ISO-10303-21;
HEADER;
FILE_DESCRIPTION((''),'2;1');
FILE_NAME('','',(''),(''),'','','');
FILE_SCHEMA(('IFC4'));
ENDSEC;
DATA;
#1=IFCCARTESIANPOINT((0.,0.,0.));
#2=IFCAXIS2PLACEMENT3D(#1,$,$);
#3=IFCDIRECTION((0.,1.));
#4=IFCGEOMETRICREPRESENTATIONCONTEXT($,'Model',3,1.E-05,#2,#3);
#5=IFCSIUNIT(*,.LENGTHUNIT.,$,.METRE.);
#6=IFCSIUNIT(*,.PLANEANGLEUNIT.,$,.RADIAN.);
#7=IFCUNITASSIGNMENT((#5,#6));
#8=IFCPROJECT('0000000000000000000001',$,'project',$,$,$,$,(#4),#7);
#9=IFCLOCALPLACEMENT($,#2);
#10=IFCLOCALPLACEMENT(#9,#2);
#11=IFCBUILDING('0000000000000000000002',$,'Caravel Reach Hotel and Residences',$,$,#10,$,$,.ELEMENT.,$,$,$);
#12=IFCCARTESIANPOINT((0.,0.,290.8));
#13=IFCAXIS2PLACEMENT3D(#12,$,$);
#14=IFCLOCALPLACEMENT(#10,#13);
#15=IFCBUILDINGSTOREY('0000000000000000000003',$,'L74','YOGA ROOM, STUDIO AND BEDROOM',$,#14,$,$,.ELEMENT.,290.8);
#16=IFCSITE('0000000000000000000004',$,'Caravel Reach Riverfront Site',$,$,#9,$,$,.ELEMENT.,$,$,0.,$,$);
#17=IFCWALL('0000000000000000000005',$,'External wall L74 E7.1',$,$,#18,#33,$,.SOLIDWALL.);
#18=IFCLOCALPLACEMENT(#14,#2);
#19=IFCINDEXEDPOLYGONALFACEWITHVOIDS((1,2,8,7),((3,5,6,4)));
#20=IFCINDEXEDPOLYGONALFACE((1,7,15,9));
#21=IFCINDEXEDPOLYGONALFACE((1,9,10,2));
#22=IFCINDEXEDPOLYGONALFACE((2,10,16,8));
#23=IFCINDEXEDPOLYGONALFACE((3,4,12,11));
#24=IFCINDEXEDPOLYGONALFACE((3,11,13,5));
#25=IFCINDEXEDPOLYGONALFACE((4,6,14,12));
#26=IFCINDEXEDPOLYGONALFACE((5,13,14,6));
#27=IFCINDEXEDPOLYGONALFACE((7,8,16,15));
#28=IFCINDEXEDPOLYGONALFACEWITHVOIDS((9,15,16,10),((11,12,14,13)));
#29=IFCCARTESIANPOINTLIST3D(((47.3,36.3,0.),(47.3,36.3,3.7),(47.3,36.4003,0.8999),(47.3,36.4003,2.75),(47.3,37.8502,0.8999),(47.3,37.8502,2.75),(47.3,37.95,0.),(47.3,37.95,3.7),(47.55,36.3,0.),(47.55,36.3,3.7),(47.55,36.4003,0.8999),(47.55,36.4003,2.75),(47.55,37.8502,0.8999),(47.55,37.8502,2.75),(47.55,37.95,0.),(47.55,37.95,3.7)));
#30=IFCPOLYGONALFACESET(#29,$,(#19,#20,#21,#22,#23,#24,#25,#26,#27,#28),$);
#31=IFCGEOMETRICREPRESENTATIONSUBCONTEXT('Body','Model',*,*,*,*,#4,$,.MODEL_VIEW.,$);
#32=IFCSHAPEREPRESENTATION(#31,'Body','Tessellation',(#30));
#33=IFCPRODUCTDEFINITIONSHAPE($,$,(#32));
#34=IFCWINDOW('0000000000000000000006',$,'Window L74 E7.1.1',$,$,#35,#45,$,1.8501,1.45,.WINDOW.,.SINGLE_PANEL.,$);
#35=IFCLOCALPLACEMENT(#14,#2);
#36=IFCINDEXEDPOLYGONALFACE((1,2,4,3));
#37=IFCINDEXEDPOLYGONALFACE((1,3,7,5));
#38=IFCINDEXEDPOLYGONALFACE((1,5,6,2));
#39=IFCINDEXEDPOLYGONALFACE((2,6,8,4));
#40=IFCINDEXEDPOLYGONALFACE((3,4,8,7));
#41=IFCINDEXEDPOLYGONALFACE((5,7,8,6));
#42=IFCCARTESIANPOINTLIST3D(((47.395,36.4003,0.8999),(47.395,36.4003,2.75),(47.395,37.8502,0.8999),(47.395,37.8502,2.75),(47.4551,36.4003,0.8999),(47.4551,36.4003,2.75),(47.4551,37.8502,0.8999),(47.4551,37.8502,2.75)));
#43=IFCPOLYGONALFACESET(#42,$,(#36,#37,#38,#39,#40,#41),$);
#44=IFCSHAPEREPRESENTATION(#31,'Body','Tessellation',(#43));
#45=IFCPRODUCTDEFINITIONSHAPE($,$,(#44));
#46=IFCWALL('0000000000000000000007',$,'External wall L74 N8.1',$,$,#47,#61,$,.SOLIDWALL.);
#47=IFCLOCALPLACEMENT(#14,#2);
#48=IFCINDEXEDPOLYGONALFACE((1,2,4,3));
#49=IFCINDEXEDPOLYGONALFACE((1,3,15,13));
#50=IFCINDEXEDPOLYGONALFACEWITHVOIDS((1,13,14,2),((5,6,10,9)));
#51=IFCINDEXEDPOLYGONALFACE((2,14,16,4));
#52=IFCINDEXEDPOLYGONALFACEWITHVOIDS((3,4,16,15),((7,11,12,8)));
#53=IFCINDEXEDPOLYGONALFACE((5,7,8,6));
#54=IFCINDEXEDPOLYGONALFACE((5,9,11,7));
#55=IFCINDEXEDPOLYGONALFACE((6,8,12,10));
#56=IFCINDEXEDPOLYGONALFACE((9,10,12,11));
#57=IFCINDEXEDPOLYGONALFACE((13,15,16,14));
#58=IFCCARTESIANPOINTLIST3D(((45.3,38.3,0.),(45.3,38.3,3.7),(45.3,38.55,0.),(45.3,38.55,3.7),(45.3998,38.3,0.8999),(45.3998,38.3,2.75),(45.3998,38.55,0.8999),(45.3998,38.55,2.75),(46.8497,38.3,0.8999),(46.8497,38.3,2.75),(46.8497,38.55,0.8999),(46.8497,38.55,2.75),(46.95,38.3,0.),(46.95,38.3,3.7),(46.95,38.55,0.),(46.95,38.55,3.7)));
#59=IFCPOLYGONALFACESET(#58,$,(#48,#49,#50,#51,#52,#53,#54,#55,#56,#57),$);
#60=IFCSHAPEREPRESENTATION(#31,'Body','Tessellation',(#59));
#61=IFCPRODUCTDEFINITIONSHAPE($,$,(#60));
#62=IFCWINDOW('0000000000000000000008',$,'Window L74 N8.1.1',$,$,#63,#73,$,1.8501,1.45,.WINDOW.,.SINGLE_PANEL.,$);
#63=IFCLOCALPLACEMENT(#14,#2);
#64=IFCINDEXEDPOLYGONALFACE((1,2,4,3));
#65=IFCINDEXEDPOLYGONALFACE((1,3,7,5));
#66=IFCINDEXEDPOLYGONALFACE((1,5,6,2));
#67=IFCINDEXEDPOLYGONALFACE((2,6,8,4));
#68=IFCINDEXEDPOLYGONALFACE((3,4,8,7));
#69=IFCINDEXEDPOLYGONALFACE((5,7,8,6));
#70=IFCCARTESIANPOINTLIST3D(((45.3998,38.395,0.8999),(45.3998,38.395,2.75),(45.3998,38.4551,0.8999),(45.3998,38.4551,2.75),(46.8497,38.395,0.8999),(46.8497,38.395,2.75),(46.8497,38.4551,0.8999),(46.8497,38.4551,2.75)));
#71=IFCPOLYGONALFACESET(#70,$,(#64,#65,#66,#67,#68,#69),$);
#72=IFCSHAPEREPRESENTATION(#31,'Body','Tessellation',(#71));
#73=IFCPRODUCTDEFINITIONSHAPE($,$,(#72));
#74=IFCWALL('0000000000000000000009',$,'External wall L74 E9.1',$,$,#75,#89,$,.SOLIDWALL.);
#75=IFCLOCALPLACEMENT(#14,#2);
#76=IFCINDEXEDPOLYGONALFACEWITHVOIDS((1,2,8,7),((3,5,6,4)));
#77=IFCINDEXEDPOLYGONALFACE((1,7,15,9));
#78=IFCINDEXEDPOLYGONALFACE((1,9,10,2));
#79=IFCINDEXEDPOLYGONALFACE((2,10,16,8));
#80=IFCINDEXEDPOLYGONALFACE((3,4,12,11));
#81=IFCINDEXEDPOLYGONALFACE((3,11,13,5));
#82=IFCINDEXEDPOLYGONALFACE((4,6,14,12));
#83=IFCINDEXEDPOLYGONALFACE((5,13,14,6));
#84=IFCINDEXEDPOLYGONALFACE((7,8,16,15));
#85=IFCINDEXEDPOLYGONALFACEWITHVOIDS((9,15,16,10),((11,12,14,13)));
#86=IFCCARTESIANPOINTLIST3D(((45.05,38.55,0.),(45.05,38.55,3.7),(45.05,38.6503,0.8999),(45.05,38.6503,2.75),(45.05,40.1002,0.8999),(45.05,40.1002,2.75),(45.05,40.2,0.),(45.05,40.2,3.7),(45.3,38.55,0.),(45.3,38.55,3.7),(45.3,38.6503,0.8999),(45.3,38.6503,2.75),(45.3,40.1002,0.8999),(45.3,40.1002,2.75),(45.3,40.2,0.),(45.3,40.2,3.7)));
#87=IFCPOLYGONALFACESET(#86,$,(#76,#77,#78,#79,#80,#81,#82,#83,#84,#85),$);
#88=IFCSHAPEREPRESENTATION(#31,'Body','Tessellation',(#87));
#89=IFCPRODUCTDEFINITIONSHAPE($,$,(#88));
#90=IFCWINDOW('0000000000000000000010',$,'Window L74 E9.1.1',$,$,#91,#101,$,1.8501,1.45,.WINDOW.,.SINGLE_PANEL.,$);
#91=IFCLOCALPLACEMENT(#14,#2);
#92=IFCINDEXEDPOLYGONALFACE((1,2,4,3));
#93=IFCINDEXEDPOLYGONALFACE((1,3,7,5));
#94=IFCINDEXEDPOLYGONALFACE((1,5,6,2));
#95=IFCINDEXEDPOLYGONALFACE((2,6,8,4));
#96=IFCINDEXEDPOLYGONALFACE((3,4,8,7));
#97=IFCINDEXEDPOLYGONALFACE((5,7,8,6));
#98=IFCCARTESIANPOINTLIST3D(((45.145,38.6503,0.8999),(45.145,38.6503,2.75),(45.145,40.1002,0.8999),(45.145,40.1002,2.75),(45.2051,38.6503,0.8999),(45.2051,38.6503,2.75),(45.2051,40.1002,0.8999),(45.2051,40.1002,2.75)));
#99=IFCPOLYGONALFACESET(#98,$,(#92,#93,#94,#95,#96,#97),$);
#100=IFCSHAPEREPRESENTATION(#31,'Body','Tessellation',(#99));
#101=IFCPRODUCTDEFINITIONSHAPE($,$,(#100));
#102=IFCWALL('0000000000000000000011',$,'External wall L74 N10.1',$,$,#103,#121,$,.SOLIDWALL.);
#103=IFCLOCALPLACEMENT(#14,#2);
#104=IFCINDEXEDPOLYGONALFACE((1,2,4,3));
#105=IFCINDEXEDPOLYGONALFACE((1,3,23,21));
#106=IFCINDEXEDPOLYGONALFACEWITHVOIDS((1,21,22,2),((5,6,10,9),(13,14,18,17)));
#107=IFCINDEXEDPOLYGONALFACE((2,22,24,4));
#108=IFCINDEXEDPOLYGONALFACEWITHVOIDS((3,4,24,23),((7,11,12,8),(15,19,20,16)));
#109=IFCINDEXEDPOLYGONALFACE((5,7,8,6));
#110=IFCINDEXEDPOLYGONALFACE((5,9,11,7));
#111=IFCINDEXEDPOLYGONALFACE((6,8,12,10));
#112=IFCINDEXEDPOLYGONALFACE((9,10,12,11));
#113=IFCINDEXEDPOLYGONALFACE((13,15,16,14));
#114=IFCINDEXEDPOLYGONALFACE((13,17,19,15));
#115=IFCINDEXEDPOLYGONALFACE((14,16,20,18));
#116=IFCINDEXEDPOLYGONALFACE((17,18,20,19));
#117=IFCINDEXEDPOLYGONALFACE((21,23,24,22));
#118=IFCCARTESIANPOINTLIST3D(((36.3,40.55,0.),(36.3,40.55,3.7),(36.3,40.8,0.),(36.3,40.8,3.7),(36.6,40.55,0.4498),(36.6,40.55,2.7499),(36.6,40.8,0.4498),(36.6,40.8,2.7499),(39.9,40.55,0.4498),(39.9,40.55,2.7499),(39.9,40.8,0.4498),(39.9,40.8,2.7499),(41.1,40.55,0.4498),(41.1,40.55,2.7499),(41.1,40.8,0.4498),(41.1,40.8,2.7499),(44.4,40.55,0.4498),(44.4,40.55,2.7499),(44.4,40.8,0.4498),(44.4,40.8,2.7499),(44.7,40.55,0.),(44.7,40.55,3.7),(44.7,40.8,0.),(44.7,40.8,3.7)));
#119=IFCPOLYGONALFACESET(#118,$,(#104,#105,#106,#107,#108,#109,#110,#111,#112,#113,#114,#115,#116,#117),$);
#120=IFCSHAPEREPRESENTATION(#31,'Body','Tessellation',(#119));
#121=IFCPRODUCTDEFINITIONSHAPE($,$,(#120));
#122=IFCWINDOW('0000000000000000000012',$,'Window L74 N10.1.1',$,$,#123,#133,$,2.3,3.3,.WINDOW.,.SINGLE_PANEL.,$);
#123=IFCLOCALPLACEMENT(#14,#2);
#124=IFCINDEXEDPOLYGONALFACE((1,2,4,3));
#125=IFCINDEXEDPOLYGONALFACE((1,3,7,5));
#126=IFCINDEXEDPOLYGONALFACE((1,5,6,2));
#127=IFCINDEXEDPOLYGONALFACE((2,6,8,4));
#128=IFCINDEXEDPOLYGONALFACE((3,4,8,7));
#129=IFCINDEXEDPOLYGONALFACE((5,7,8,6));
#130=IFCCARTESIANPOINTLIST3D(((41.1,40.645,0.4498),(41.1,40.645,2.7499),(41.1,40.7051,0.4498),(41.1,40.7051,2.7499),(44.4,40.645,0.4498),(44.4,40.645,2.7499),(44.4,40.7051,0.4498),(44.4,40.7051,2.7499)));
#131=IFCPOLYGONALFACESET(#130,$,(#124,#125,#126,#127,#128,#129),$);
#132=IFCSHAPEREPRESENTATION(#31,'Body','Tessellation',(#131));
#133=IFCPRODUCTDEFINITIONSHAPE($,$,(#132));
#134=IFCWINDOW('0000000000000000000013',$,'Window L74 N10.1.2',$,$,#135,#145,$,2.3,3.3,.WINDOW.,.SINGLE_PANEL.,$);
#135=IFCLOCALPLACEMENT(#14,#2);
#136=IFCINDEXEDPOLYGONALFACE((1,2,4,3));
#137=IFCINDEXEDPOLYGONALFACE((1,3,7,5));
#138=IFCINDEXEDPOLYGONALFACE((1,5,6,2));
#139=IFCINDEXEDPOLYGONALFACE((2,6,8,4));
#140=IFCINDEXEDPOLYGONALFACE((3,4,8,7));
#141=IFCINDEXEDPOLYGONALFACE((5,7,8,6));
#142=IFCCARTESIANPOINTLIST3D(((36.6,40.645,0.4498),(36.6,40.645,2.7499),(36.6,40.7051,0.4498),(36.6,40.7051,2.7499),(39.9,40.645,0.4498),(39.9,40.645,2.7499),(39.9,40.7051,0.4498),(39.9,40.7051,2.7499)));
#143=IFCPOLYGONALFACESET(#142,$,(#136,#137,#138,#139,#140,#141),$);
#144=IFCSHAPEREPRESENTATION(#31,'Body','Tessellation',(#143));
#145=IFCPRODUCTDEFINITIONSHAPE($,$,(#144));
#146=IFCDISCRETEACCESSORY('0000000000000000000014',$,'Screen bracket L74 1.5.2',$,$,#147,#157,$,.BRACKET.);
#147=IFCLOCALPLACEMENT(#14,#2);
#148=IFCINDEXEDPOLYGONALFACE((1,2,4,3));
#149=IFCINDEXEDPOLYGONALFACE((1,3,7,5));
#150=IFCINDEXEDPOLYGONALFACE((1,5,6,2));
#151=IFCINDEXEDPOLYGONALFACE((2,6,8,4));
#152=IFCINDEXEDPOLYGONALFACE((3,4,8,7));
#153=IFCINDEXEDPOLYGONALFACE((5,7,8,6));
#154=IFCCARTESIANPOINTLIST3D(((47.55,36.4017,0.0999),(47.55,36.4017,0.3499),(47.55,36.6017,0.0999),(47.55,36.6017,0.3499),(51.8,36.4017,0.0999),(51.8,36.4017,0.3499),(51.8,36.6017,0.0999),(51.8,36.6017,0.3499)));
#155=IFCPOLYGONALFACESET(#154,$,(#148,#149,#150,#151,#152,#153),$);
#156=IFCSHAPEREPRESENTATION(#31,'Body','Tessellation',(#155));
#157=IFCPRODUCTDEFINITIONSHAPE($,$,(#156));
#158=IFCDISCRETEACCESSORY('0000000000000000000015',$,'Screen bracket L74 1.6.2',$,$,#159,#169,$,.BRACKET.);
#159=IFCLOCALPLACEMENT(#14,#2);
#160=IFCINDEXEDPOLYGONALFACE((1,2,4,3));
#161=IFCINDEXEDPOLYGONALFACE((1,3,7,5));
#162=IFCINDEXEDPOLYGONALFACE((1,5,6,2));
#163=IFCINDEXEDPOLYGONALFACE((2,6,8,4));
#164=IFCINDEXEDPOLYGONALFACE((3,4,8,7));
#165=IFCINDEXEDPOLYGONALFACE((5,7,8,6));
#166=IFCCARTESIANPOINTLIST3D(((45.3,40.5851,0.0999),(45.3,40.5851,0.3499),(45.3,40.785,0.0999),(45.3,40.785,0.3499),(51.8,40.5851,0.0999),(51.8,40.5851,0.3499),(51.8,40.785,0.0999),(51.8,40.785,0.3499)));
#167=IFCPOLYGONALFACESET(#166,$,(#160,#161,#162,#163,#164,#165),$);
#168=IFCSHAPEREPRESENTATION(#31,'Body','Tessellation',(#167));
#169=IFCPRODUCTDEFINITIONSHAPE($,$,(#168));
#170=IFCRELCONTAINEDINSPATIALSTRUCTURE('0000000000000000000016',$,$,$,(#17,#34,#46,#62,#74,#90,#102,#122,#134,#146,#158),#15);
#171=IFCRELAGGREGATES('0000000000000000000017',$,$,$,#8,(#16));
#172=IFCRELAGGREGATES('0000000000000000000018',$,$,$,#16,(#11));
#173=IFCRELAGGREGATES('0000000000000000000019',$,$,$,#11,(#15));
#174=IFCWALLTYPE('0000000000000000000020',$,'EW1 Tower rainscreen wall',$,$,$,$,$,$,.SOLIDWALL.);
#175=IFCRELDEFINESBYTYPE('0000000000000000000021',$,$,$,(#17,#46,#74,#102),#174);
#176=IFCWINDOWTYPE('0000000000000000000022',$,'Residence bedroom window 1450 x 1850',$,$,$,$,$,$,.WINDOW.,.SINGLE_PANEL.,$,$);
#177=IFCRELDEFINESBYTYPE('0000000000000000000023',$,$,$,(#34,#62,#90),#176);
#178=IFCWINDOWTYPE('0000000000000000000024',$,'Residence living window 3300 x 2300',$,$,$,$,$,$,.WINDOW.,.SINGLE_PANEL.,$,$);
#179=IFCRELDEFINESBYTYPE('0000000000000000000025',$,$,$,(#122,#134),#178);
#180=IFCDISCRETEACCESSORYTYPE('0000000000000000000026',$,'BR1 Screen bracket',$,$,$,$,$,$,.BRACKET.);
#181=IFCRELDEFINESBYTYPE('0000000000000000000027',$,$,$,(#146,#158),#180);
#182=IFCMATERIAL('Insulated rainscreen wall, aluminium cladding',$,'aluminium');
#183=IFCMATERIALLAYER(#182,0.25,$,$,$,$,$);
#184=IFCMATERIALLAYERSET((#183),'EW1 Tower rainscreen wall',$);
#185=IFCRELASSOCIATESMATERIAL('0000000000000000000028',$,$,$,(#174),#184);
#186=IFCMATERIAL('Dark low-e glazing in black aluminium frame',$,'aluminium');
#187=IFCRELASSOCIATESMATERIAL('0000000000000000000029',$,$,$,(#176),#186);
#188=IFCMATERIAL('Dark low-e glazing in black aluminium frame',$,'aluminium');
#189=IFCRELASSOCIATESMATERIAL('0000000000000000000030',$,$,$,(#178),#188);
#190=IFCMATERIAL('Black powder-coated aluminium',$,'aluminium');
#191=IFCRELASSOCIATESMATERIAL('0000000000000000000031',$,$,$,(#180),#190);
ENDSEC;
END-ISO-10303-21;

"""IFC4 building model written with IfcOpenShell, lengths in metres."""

from ifc_helpers import new_model, si_unit, direction, frame, frame_2d, origin, origin_2d, place, context, subcontext, project, spatial, rectangle, extrude, material, layer, layer_set, type_object, element, fill, save


model = new_model("IFC4")

# Units and contexts
model_context = context("Model", 3, precision=1e-05, world=origin(), true_north=direction((0.0, 1.0)))
body_context = subcontext(model_context, "Body", "Model", "MODEL_VIEW")
ifc_project = project(units=[si_unit("LENGTHUNIT", "METRE"), si_unit("PLANEANGLEUNIT", "RADIAN")], contexts=[model_context])

# Site, building, storey
site_placement = place(None, origin())
site = spatial("IfcSite", under=ifc_project, at=site_placement, Name="Caravel Reach Riverfront Site", CompositionType="ELEMENT", RefElevation=0.0)
building_placement = place(site_placement, origin())
building = spatial("IfcBuilding", under=site, at=building_placement, Name="Caravel Reach Hotel and Residences", CompositionType="ELEMENT")
storey_placement = place(building_placement, frame((0.0, 0.0, 290.8)))
storey = spatial("IfcBuildingStorey", under=building, at=storey_placement, Name="L74", Description="YOGA ROOM, STUDIO AND BEDROOM", CompositionType="ELEMENT", Elevation=290.8)

# Walls, openings, windows
ifc_material_1 = material(Name="Insulated rainscreen wall, aluminium cladding", Category="aluminium")
ifc_layer = layer(ifc_material_1, 0.25)
ifc_layer_set = layer_set([ifc_layer], Name="EW1 Tower rainscreen wall")
wall_type = type_object("IfcWallType", Name="EW1 Tower rainscreen wall", PredefinedType="SOLIDWALL", material=ifc_layer_set)
wall_1_placement = place(storey_placement, frame((47.425, 36.3, 0.0), z_axis=(0.0, 0.0, 1.0), x_axis=(0.0, 1.0, 0.0)))
wall_1 = element("IfcWall", 1, at=wall_1_placement, inside=storey, type_object=wall_type, Name="External wall L74 E7.1", PredefinedType="SOLIDWALL", context=body_context, shape_type="SweptSolid", body=[
    extrude(rectangle(XDim=1.6499, YDim=0.25, at=frame_2d((0.825, 0.0))), origin(), (0.0, 0.0, 1.0), 3.7),
])
opening_1_placement = place(wall_1_placement, frame((0.1001, 0.0, 0.8999)))
opening_1 = element("IfcOpeningElement", 2, at=opening_1_placement, cuts=wall_1, PredefinedType="OPENING", context=body_context, shape_type="SweptSolid", body=[
    extrude(rectangle(XDim=1.45, YDim=1.8501, at=frame_2d((0.7251, 0.925))), frame((0.0, 0.135, 0.0), z_axis=(0.0, -1.0, 0.0), x_axis=(1.0, 0.0, 0.0)), (0.0, 0.0, 1.0), 0.27),
])
ifc_material_2 = material(Name="Dark low-e glazing in black aluminium frame", Category="aluminium")
window_type_1 = type_object("IfcWindowType", Name="Residence bedroom window 1450 x 1850", PartitioningType="SINGLE_PANEL", PredefinedType="WINDOW", material=ifc_material_2)
window_1_placement = place(opening_1_placement, origin())
window_1 = element("IfcWindow", 3, at=window_1_placement, inside=storey, type_object=window_type_1, Name="Window L74 E7.1.1", OverallHeight=1.8501, OverallWidth=1.45, PartitioningType="SINGLE_PANEL", PredefinedType="WINDOW", context=body_context, shape_type="SweptSolid", body=[
    extrude(rectangle(XDim=1.45, YDim=1.8501, at=frame_2d((0.7251, 0.925))), frame((0.0, 0.03, 0.0), z_axis=(0.0, -1.0, 0.0), x_axis=(1.0, 0.0, 0.0)), (0.0, 0.0, 1.0), 0.0601),
])
fill(opening_1, window_1)
wall_2_placement = place(storey_placement, frame((46.95, 38.425, 0.0), z_axis=(0.0, 0.0, 1.0), x_axis=(-1.0, 0.0, 0.0)))
wall_2 = element("IfcWall", 4, at=wall_2_placement, inside=storey, type_object=wall_type, Name="External wall L74 N8.1", PredefinedType="SOLIDWALL", context=body_context, shape_type="SweptSolid", body=[
    extrude(rectangle(XDim=1.6499, YDim=0.25, at=frame_2d((0.825, 0.0))), origin(), (0.0, 0.0, 1.0), 3.7),
])
opening_2_placement = place(wall_2_placement, frame((0.1001, 0.0, 0.8999)))
opening_2 = element("IfcOpeningElement", 5, at=opening_2_placement, cuts=wall_2, PredefinedType="OPENING", context=body_context, shape_type="SweptSolid", body=[
    extrude(rectangle(XDim=1.45, YDim=1.8501, at=frame_2d((0.7251, 0.925))), frame((0.0, 0.135, 0.0), z_axis=(0.0, -1.0, 0.0), x_axis=(1.0, 0.0, 0.0)), (0.0, 0.0, 1.0), 0.27),
])
window_2_placement = place(opening_2_placement, origin())
window_2 = element("IfcWindow", 6, at=window_2_placement, inside=storey, type_object=window_type_1, Name="Window L74 N8.1.1", OverallHeight=1.8501, OverallWidth=1.45, PartitioningType="SINGLE_PANEL", PredefinedType="WINDOW", context=body_context, shape_type="SweptSolid", body=[
    extrude(rectangle(XDim=1.45, YDim=1.8501, at=frame_2d((0.7251, 0.925))), frame((0.0, 0.03, 0.0), z_axis=(0.0, -1.0, 0.0), x_axis=(1.0, 0.0, 0.0)), (0.0, 0.0, 1.0), 0.0601),
])
fill(opening_2, window_2)
wall_3_placement = place(storey_placement, frame((45.175, 38.55, 0.0), z_axis=(0.0, 0.0, 1.0), x_axis=(0.0, 1.0, 0.0)))
wall_3 = element("IfcWall", 7, at=wall_3_placement, inside=storey, type_object=wall_type, Name="External wall L74 E9.1", PredefinedType="SOLIDWALL", context=body_context, shape_type="SweptSolid", body=[
    extrude(rectangle(XDim=1.6499, YDim=0.25, at=frame_2d((0.825, 0.0))), origin(), (0.0, 0.0, 1.0), 3.7),
])
opening_3_placement = place(wall_3_placement, frame((0.1001, 0.0, 0.8999)))
opening_3 = element("IfcOpeningElement", 8, at=opening_3_placement, cuts=wall_3, PredefinedType="OPENING", context=body_context, shape_type="SweptSolid", body=[
    extrude(rectangle(XDim=1.45, YDim=1.8501, at=frame_2d((0.7251, 0.925))), frame((0.0, 0.135, 0.0), z_axis=(0.0, -1.0, 0.0), x_axis=(1.0, 0.0, 0.0)), (0.0, 0.0, 1.0), 0.27),
])
window_3_placement = place(opening_3_placement, origin())
window_3 = element("IfcWindow", 9, at=window_3_placement, inside=storey, type_object=window_type_1, Name="Window L74 E9.1.1", OverallHeight=1.8501, OverallWidth=1.45, PartitioningType="SINGLE_PANEL", PredefinedType="WINDOW", context=body_context, shape_type="SweptSolid", body=[
    extrude(rectangle(XDim=1.45, YDim=1.8501, at=frame_2d((0.7251, 0.925))), frame((0.0, 0.03, 0.0), z_axis=(0.0, -1.0, 0.0), x_axis=(1.0, 0.0, 0.0)), (0.0, 0.0, 1.0), 0.0601),
])
fill(opening_3, window_3)

# Wall, openings, windows
wall_4_placement = place(storey_placement, frame((44.7, 40.675, 0.0), z_axis=(0.0, 0.0, 1.0), x_axis=(-1.0, 0.0, 0.0)))
wall_4 = element("IfcWall", 10, at=wall_4_placement, inside=storey, type_object=wall_type, Name="External wall L74 N10.1", PredefinedType="SOLIDWALL", context=body_context, shape_type="SweptSolid", body=[
    extrude(rectangle(XDim=8.3999, YDim=0.25, at=frame_2d((4.2, 0.0))), origin(), (0.0, 0.0, 1.0), 3.7),
])
opening_4_placement = place(wall_4_placement, frame((0.3, 0.0, 0.45)))
opening_4 = element("IfcOpeningElement", 11, at=opening_4_placement, cuts=wall_4, PredefinedType="OPENING", context=body_context, shape_type="SweptSolid", body=[
    extrude(rectangle(XDim=3.3, YDim=2.3, at=frame_2d((1.6499, 1.1499))), frame((0.0, 0.135, 0.0), z_axis=(0.0, -1.0, 0.0), x_axis=(1.0, 0.0, 0.0)), (0.0, 0.0, 1.0), 0.27),
])
opening_5_placement = place(wall_4_placement, frame((4.8, 0.0, 0.45)))
opening_5 = element("IfcOpeningElement", 12, at=opening_5_placement, cuts=wall_4, PredefinedType="OPENING", context=body_context, shape_type="SweptSolid", body=[
    extrude(rectangle(XDim=3.3, YDim=2.3, at=frame_2d((1.6499, 1.1499))), frame((0.0, 0.135, 0.0), z_axis=(0.0, -1.0, 0.0), x_axis=(1.0, 0.0, 0.0)), (0.0, 0.0, 1.0), 0.27),
])
ifc_material_3 = material(Name="Dark low-e glazing in black aluminium frame", Category="aluminium")
window_type_2 = type_object("IfcWindowType", Name="Residence living window 3300 x 2300", PartitioningType="SINGLE_PANEL", PredefinedType="WINDOW", material=ifc_material_3)
window_4_placement = place(opening_4_placement, origin())
window_4 = element("IfcWindow", 13, at=window_4_placement, inside=storey, type_object=window_type_2, Name="Window L74 N10.1.1", OverallHeight=2.3, OverallWidth=3.3, PartitioningType="SINGLE_PANEL", PredefinedType="WINDOW", context=body_context, shape_type="SweptSolid", body=[
    extrude(rectangle(XDim=3.3, YDim=2.3, at=frame_2d((1.6499, 1.1499))), frame((0.0, 0.03, 0.0), z_axis=(0.0, -1.0, 0.0), x_axis=(1.0, 0.0, 0.0)), (0.0, 0.0, 1.0), 0.0601),
])
fill(opening_4, window_4)
window_5_placement = place(opening_5_placement, origin())
window_5 = element("IfcWindow", 14, at=window_5_placement, inside=storey, type_object=window_type_2, Name="Window L74 N10.1.2", OverallHeight=2.3, OverallWidth=3.3, PartitioningType="SINGLE_PANEL", PredefinedType="WINDOW", context=body_context, shape_type="SweptSolid", body=[
    extrude(rectangle(XDim=3.3, YDim=2.3, at=frame_2d((1.6499, 1.1499))), frame((0.0, 0.03, 0.0), z_axis=(0.0, -1.0, 0.0), x_axis=(1.0, 0.0, 0.0)), (0.0, 0.0, 1.0), 0.0601),
])
fill(opening_5, window_5)

# Discrete accessories
ifc_material_4 = material(Name="Black powder-coated aluminium", Category="aluminium")
discrete_accessory_type = type_object("IfcDiscreteAccessoryType", Name="BR1 Screen bracket", PredefinedType="BRACKET", material=ifc_material_4)
discrete_accessory_placement = place(storey_placement, frame((49.675, 36.5017, 0.0999), z_axis=(0.0, 0.0, 1.0), x_axis=(1.0, 0.0, 0.0)))
element("IfcDiscreteAccessory", 15, at=discrete_accessory_placement, inside=storey, type_object=discrete_accessory_type, Name="Screen bracket L74 1.5.2", PredefinedType="BRACKET", context=body_context, shape_type="SweptSolid", body=[
    extrude(rectangle(XDim=4.25, YDim=0.2, at=origin_2d()), origin(), (0.0, 0.0, 1.0), 0.25),
])
for number, where, z_axis, x_axis, name in (
    (16, (48.55, 40.6851, 0.0999), (0.0, 0.0, 1.0), (1.0, 0.0, 0.0), "Screen bracket L74 1.6.2"),
):
    element("IfcDiscreteAccessory", number, at=place(storey_placement, frame(where, z_axis=z_axis, x_axis=x_axis)), inside=storey, type_object=discrete_accessory_type, Name=name, PredefinedType="BRACKET", context=body_context, shape_type="SweptSolid", body=[
        extrude(rectangle(XDim=6.5, YDim=0.2, at=origin_2d()), origin(), (0.0, 0.0, 1.0), 0.25),
    ])

save(model, "model.ifc")
